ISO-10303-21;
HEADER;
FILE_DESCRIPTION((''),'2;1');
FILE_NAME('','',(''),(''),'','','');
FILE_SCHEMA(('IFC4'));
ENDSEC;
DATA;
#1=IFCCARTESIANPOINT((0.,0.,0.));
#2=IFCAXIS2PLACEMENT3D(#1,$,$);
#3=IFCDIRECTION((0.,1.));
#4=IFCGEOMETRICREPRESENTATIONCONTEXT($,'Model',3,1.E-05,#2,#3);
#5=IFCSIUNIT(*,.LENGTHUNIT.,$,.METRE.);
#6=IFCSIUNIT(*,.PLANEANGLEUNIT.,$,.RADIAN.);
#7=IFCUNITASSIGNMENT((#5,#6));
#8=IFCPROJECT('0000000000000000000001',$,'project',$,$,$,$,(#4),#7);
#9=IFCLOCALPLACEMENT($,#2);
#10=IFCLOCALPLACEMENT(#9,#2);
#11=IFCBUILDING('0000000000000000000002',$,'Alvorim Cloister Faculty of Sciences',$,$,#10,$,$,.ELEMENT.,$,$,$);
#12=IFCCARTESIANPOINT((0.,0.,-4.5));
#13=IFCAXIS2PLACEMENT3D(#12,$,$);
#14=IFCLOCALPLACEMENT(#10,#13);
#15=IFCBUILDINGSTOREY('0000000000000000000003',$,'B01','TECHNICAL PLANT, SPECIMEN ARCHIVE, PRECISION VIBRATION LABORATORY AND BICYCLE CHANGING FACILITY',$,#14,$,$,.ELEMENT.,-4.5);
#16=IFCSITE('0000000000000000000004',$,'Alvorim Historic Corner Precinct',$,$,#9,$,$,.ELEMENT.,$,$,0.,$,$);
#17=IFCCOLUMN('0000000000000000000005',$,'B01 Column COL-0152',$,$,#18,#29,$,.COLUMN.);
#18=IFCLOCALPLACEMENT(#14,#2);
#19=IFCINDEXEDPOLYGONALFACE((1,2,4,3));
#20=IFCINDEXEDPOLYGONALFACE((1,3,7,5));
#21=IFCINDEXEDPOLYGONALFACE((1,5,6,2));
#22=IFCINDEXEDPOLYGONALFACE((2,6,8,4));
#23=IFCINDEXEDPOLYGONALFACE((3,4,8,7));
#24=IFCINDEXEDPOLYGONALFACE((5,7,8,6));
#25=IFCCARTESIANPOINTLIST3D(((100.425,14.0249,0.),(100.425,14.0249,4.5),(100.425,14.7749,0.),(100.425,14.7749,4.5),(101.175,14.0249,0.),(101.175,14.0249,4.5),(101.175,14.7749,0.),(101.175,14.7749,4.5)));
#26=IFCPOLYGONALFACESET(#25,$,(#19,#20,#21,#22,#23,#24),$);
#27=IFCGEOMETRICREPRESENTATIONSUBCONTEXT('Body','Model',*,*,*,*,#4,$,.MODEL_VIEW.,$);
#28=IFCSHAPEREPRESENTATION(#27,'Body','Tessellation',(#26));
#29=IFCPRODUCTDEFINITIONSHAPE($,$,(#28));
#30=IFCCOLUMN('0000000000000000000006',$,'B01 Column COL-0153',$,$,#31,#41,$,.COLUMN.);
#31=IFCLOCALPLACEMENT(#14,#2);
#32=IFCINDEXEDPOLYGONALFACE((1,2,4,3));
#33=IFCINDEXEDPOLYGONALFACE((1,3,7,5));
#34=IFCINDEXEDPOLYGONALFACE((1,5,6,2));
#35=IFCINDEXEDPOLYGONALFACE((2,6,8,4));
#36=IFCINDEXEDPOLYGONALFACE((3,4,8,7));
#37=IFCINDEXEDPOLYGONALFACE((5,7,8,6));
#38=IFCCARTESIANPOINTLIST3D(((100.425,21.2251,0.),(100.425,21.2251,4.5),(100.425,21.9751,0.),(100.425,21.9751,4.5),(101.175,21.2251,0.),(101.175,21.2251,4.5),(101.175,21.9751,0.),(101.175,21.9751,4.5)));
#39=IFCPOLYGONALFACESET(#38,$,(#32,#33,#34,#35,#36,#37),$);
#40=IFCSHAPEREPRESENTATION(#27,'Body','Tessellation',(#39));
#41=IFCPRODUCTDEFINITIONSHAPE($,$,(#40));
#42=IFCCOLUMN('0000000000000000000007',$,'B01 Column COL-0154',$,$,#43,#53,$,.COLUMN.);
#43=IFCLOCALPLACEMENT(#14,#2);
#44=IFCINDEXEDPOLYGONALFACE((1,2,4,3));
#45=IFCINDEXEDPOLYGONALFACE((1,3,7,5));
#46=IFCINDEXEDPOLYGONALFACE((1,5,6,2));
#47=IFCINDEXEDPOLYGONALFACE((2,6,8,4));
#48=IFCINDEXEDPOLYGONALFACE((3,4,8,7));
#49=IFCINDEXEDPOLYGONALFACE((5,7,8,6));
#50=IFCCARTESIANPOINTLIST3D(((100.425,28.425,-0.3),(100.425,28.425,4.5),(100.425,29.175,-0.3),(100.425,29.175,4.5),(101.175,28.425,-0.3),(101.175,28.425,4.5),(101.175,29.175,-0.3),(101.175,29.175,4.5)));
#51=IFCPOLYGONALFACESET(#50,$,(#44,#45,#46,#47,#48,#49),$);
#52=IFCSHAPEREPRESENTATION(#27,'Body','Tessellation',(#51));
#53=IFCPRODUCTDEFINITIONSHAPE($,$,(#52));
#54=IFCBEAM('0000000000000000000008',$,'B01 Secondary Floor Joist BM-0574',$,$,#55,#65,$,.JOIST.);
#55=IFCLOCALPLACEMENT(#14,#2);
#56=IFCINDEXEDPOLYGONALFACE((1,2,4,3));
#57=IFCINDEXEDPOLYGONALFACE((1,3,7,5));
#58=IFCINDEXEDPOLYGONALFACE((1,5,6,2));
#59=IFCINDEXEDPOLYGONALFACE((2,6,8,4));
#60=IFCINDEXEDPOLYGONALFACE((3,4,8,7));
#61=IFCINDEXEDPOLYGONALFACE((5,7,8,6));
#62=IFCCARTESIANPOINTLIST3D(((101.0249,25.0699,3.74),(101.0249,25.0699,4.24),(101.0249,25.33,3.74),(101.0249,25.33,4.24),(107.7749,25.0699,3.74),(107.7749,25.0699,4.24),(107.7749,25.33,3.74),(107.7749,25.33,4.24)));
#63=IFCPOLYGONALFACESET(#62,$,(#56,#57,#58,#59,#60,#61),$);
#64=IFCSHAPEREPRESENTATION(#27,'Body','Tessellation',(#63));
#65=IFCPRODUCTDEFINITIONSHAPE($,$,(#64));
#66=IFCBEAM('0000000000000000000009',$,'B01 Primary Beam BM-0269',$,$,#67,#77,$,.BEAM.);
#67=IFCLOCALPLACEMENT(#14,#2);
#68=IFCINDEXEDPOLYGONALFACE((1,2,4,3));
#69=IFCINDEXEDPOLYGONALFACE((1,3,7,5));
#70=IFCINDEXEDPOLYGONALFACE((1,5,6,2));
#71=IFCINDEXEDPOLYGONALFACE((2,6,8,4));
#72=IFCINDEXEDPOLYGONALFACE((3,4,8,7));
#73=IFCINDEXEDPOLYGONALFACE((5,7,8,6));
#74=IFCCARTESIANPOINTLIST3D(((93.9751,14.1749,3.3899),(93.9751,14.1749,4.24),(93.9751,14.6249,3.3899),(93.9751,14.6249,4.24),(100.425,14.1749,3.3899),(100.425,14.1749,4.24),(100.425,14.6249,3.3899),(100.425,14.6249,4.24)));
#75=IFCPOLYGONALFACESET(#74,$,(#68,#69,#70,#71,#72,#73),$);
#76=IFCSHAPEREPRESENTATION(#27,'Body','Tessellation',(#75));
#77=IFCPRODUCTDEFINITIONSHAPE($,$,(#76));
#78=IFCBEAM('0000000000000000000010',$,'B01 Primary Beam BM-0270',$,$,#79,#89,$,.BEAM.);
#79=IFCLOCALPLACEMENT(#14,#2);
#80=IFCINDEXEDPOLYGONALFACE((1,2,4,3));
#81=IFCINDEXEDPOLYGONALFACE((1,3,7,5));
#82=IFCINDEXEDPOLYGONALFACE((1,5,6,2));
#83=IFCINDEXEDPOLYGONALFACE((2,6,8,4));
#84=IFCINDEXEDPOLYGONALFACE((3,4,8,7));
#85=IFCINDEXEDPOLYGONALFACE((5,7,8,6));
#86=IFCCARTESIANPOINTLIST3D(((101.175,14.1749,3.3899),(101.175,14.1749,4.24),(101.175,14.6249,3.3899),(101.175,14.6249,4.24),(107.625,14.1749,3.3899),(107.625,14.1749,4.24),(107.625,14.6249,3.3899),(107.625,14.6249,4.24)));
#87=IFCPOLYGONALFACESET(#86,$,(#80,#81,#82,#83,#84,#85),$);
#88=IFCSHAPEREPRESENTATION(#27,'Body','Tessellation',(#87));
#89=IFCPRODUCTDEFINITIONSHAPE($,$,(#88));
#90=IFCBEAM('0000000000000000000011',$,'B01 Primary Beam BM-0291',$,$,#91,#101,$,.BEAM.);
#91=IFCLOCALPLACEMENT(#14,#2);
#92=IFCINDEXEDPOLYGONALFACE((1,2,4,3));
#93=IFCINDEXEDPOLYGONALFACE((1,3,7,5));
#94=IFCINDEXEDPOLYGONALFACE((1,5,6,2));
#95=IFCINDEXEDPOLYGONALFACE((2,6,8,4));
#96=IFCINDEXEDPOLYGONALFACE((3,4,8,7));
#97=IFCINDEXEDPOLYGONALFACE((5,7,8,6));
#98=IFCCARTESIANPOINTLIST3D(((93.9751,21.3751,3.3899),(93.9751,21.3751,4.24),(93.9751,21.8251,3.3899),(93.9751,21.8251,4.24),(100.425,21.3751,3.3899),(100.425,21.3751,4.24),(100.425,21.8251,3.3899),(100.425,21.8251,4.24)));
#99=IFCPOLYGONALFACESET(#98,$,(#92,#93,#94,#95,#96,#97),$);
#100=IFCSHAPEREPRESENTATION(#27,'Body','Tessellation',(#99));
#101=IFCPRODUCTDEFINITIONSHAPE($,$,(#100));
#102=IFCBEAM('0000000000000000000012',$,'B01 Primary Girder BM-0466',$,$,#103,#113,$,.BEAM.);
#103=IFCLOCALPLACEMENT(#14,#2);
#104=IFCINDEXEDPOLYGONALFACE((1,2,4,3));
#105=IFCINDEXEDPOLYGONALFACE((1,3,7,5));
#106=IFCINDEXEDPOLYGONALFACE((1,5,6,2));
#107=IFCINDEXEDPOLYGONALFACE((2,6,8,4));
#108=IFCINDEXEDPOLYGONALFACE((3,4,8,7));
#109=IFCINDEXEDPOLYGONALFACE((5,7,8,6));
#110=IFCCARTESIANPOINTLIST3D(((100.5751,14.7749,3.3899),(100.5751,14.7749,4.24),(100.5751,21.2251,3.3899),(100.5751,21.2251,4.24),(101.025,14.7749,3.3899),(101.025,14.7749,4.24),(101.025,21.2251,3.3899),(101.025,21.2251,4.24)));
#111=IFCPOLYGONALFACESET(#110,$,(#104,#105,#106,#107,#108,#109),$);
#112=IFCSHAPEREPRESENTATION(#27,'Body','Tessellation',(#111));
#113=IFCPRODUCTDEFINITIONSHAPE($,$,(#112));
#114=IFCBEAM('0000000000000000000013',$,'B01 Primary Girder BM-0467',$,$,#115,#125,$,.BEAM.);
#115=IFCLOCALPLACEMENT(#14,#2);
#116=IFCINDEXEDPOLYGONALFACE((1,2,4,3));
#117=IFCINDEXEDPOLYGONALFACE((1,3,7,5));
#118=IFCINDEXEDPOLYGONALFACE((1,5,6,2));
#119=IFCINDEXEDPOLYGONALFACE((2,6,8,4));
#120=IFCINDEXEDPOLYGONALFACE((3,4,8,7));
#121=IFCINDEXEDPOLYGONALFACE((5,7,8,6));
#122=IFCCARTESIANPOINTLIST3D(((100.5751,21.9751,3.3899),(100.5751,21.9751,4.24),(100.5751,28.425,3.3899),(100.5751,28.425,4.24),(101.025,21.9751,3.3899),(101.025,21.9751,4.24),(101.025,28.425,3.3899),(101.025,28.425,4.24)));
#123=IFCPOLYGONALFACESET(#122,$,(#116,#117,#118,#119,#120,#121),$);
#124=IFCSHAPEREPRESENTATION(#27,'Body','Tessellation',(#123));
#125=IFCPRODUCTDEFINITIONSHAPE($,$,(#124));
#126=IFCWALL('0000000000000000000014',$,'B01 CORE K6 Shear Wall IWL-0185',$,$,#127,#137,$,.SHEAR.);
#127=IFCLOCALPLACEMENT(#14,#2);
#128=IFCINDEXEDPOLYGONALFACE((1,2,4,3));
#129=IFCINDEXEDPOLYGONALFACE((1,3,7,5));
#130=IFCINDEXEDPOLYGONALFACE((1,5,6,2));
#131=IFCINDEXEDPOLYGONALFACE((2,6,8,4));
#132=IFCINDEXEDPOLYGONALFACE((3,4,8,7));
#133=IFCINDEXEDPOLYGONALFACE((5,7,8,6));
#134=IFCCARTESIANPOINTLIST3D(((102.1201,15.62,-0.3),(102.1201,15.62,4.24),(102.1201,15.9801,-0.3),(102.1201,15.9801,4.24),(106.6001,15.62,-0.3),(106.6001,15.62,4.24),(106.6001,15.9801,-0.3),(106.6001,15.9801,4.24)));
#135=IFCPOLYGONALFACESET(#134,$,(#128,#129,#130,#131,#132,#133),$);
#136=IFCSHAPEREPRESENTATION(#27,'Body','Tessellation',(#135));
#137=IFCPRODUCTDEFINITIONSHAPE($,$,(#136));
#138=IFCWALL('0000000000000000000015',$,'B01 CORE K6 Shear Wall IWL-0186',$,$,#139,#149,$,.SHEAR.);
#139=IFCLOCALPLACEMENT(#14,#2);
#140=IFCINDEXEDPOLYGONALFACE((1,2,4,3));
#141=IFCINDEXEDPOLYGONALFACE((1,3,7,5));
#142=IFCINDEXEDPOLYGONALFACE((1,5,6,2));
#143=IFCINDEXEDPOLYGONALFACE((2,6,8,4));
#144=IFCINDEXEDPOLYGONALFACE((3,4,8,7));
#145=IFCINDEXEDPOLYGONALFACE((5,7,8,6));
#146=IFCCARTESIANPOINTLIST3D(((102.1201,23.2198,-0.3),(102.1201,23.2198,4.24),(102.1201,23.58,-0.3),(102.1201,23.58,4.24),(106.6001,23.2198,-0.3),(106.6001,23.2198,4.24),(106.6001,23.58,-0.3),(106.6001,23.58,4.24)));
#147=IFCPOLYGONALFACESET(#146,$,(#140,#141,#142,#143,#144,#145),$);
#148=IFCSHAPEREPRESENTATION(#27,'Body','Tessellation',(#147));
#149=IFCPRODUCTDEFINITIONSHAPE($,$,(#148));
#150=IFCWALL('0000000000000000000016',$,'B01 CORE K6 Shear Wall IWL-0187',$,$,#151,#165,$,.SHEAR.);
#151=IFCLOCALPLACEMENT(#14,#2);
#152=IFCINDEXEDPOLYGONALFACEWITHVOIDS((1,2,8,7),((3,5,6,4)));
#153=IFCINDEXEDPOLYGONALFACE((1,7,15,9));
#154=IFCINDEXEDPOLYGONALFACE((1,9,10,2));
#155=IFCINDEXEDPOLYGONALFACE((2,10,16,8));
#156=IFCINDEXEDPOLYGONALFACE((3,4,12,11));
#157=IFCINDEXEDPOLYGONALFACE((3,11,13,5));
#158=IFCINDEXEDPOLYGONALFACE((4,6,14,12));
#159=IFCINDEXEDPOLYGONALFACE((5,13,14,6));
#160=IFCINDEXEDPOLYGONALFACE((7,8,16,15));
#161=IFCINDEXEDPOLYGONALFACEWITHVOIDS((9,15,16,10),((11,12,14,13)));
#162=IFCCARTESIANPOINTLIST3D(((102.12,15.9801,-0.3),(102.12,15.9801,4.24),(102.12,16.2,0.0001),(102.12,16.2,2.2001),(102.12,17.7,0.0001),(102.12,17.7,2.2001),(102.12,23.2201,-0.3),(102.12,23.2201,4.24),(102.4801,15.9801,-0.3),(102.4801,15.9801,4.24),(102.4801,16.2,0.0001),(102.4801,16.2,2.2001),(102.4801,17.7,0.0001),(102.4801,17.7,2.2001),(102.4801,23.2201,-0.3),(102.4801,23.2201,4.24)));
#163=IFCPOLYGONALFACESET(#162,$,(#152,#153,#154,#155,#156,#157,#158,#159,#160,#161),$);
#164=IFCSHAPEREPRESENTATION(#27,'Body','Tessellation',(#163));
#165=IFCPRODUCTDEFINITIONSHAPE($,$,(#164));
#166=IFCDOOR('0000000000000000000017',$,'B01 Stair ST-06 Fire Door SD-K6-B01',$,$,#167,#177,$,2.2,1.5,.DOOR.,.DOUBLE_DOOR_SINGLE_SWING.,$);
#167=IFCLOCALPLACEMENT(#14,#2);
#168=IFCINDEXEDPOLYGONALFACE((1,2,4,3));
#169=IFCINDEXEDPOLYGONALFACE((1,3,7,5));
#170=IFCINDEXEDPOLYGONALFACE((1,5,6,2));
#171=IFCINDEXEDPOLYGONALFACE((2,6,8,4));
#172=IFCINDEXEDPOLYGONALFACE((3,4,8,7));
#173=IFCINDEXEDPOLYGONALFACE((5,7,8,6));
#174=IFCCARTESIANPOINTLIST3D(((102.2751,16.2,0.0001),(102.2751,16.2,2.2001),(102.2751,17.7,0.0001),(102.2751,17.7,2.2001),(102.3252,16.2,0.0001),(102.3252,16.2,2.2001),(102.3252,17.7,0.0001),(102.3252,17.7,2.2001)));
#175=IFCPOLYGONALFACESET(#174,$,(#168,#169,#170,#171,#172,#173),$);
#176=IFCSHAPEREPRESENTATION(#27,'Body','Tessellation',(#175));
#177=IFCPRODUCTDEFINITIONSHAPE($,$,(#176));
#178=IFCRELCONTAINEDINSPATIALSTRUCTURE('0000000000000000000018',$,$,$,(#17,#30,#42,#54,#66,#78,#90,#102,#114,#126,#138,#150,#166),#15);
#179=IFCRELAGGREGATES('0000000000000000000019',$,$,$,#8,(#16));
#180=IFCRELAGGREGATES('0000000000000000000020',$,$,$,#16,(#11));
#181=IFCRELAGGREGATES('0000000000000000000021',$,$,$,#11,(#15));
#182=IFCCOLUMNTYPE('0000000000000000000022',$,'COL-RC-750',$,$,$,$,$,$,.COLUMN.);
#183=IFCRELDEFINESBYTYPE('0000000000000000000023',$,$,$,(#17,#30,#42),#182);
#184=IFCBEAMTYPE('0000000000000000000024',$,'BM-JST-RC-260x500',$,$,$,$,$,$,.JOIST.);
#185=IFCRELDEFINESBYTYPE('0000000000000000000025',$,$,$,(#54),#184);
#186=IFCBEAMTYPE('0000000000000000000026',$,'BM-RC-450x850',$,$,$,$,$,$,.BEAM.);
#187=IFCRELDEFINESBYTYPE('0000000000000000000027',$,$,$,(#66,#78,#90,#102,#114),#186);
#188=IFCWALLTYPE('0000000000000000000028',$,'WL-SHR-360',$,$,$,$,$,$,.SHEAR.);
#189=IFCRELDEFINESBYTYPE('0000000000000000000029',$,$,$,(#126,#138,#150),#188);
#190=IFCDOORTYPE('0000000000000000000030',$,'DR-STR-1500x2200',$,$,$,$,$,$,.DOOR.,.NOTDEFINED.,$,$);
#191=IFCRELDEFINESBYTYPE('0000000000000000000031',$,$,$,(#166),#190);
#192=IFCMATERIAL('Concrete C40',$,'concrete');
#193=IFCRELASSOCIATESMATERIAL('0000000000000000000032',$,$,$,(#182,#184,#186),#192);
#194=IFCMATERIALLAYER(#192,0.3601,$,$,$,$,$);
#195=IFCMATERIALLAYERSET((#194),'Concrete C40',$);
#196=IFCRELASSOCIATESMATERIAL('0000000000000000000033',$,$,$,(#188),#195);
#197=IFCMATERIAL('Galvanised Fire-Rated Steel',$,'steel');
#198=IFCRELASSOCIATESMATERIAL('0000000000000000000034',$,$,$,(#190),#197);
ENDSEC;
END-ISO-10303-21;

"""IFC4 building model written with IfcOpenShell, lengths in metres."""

from ifc_helpers import new_model, si_unit, direction, frame, frame_2d, origin, origin_2d, place, context, subcontext, project, spatial, rectangle, extrude, material, layer, layer_set, material_profile, profile_set, type_object, element, fill, save


model = new_model("IFC4")

# Units and contexts
model_context = context("Model", 3, precision=1e-05, world=origin(), true_north=direction((0.0, 1.0)))
body_context = subcontext(model_context, "Body", "Model", "MODEL_VIEW")
ifc_project = project(units=[si_unit("LENGTHUNIT", "METRE"), si_unit("PLANEANGLEUNIT", "RADIAN")], contexts=[model_context])

# Site, building, storey
site_placement = place(None, origin())
site = spatial("IfcSite", under=ifc_project, at=site_placement, Name="Alvorim Historic Corner Precinct", CompositionType="ELEMENT", RefElevation=0.0)
building_placement = place(site_placement, origin())
building = spatial("IfcBuilding", under=site, at=building_placement, Name="Alvorim Cloister Faculty of Sciences", CompositionType="ELEMENT")
storey_placement = place(building_placement, frame((0.0, 0.0, -4.5)))
storey = spatial("IfcBuildingStorey", under=building, at=storey_placement, Name="B01", Description="TECHNICAL PLANT, SPECIMEN ARCHIVE, PRECISION VIBRATION LABORATORY AND BICYCLE CHANGING FACILITY", CompositionType="ELEMENT", Elevation=-4.5)

# Shared definitions
ifc_material_1 = material(Name="Concrete C40", Category="concrete")

# Columns
ifc_material_profile_1 = material_profile(ifc_material_1, rectangle(XDim=0.75, YDim=0.75, at=origin_2d()), Name="RC40-COL-750x750")
ifc_profile_set_1 = profile_set([ifc_material_profile_1], Name="Concrete C40")
column_type = type_object("IfcColumnType", Name="COL-RC-750", PredefinedType="COLUMN", material=ifc_profile_set_1)
for number, where, z_axis, x_axis, name in (
    (1, (100.8, 14.3999, 0.0), (0.0, 0.0, 1.0), (1.0, 0.0, 0.0), "B01 Column COL-0152"),
    (2, (100.8, 21.6001, 0.0), (0.0, 0.0, 1.0), (1.0, 0.0, 0.0), "B01 Column COL-0153"),
):
    element("IfcColumn", number, at=place(storey_placement, frame(where, z_axis=z_axis, x_axis=x_axis)), inside=storey, type_object=column_type, Name=name, PredefinedType="COLUMN", context=body_context, shape_type="SweptSolid", body=[
        extrude(rectangle(XDim=0.75, YDim=0.75, at=origin_2d()), origin(), (0.0, 0.0, 1.0), 4.5),
    ])
column_placement = place(storey_placement, frame((100.8, 28.8, -0.3), z_axis=(0.0, 0.0, 1.0), x_axis=(1.0, 0.0, 0.0)))
element("IfcColumn", 3, at=column_placement, inside=storey, type_object=column_type, Name="B01 Column COL-0154", PredefinedType="COLUMN", context=body_context, shape_type="SweptSolid", body=[
    extrude(rectangle(XDim=0.75, YDim=0.75, at=origin_2d()), origin(), (0.0, 0.0, 1.0), 4.8),
])

# Beams
ifc_material_profile_2 = material_profile(ifc_material_1, rectangle(XDim=0.26, YDim=0.5, at=origin_2d()), Name="RC40-JST-260x500")
ifc_profile_set_2 = profile_set([ifc_material_profile_2], Name="Concrete C40")
beam_type_1 = type_object("IfcBeamType", Name="BM-JST-RC-260x500", PredefinedType="JOIST", material=ifc_profile_set_2)
beam_1_placement = place(storey_placement, frame((101.0249, 25.2, 3.99), z_axis=(1.0, 0.0, 0.0), x_axis=(0.0, 1.0, 0.0)))
element("IfcBeam", 4, at=beam_1_placement, inside=storey, type_object=beam_type_1, Name="B01 Secondary Floor Joist BM-0574", PredefinedType="JOIST", context=body_context, shape_type="SweptSolid", body=[
    extrude(rectangle(XDim=0.26, YDim=0.5, at=origin_2d()), origin(), (0.0, 0.0, 1.0), 6.75),
])
ifc_material_profile_3 = material_profile(ifc_material_1, rectangle(XDim=0.45, YDim=0.8501, at=origin_2d()), Name="RC40-BM-450x850")
ifc_profile_set_3 = profile_set([ifc_material_profile_3], Name="Concrete C40")
beam_type_2 = type_object("IfcBeamType", Name="BM-RC-450x850", PredefinedType="BEAM", material=ifc_profile_set_3)
for number, where, z_axis, x_axis, name in (
    (5, (93.9751, 14.3999, 3.8149), (1.0, 0.0, 0.0), (0.0, 1.0, 0.0), "B01 Primary Beam BM-0269"),
    (6, (101.175, 14.3999, 3.8149), (1.0, 0.0, 0.0), (0.0, 1.0, 0.0), "B01 Primary Beam BM-0270"),
    (7, (93.9751, 21.6001, 3.8149), (1.0, 0.0, 0.0), (0.0, 1.0, 0.0), "B01 Primary Beam BM-0291"),
):
    element("IfcBeam", number, at=place(storey_placement, frame(where, z_axis=z_axis, x_axis=x_axis)), inside=storey, type_object=beam_type_2, Name=name, PredefinedType="BEAM", context=body_context, shape_type="SweptSolid", body=[
        extrude(rectangle(XDim=0.45, YDim=0.8501, at=origin_2d()), origin(), (0.0, 0.0, 1.0), 6.45),
    ])
beam_2_placement = place(storey_placement, frame((100.8, 14.7749, 3.8149), z_axis=(0.0, 1.0, 0.0), x_axis=(-1.0, 0.0, 0.0)))
element("IfcBeam", 8, at=beam_2_placement, inside=storey, type_object=beam_type_2, Name="B01 Primary Girder BM-0466", PredefinedType="BEAM", context=body_context, shape_type="SweptSolid", body=[
    extrude(rectangle(XDim=0.45, YDim=0.8501, at=origin_2d()), origin(), (0.0, 0.0, 1.0), 6.4502),
])
beam_3_placement = place(storey_placement, frame((100.8, 21.9751, 3.8149), z_axis=(0.0, 1.0, 0.0), x_axis=(-1.0, 0.0, 0.0)))
element("IfcBeam", 9, at=beam_3_placement, inside=storey, type_object=beam_type_2, Name="B01 Primary Girder BM-0467", PredefinedType="BEAM", context=body_context, shape_type="SweptSolid", body=[
    extrude(rectangle(XDim=0.45, YDim=0.8501, at=origin_2d()), origin(), (0.0, 0.0, 1.0), 6.45),
])

# Walls
ifc_layer = layer(ifc_material_1, 0.3601)
ifc_layer_set = layer_set([ifc_layer], Name="Concrete C40")
wall_type = type_object("IfcWallType", Name="WL-SHR-360", PredefinedType="SHEAR", material=ifc_layer_set)
for number, where, z_axis, x_axis, name in (
    (10, (102.1201, 15.8, -0.3), (0.0, 0.0, 1.0), (1.0, 0.0, 0.0), "B01 CORE K6 Shear Wall IWL-0185"),
    (11, (102.1201, 23.3999, -0.3), (0.0, 0.0, 1.0), (1.0, 0.0, 0.0), "B01 CORE K6 Shear Wall IWL-0186"),
):
    element("IfcWall", number, at=place(storey_placement, frame(where, z_axis=z_axis, x_axis=x_axis)), inside=storey, type_object=wall_type, Name=name, PredefinedType="SHEAR", context=body_context, shape_type="SweptSolid", body=[
        extrude(rectangle(XDim=4.48, YDim=0.3601, at=frame_2d((2.24, 0.0))), origin(), (0.0, 0.0, 1.0), 4.54),
    ])

# Wall, opening, door
wall_placement = place(storey_placement, frame((102.3, 15.98, -0.3), z_axis=(0.0, 0.0, 1.0), x_axis=(0.0, 1.0, 0.0)))
wall = element("IfcWall", 12, at=wall_placement, inside=storey, type_object=wall_type, Name="B01 CORE K6 Shear Wall IWL-0187", PredefinedType="SHEAR", context=body_context, shape_type="SweptSolid", body=[
    extrude(rectangle(XDim=7.24, YDim=0.3601, at=frame_2d((3.6201, 0.0))), origin(), (0.0, 0.0, 1.0), 4.54),
])
opening_placement = place(wall_placement, frame((0.22, 0.0, 0.3)))
opening = element("IfcOpeningElement", 13, at=opening_placement, cuts=wall, PredefinedType="OPENING", context=body_context, shape_type="SweptSolid", body=[
    extrude(rectangle(XDim=1.5, YDim=2.2, at=frame_2d((0.75, 1.1001))), frame((0.0, 0.1919, 0.0), z_axis=(0.0, -1.0, 0.0), x_axis=(1.0, 0.0, 0.0)), (0.0, 0.0, 1.0), 0.384),
])
ifc_material_2 = material(Name="Galvanised Fire-Rated Steel", Category="steel")
door_type = type_object("IfcDoorType", Name="DR-STR-1500x2200", OperationType="NOTDEFINED", PredefinedType="DOOR", material=ifc_material_2)
door_placement = place(opening_placement, origin())
door = element("IfcDoor", 14, at=door_placement, inside=storey, type_object=door_type, Name="B01 Stair ST-06 Fire Door SD-K6-B01", OperationType="DOUBLE_DOOR_SINGLE_SWING", OverallHeight=2.2, OverallWidth=1.5, PredefinedType="DOOR", context=body_context, shape_type="SweptSolid", body=[
    extrude(rectangle(XDim=1.5, YDim=2.2, at=frame_2d((0.75, 1.1001))), frame((0.0, 0.0249, 0.0), z_axis=(0.0, -1.0, 0.0), x_axis=(1.0, 0.0, 0.0)), (0.0, 0.0, 1.0), 0.05),
])
fill(opening, door)

save(model, "model.ifc")
